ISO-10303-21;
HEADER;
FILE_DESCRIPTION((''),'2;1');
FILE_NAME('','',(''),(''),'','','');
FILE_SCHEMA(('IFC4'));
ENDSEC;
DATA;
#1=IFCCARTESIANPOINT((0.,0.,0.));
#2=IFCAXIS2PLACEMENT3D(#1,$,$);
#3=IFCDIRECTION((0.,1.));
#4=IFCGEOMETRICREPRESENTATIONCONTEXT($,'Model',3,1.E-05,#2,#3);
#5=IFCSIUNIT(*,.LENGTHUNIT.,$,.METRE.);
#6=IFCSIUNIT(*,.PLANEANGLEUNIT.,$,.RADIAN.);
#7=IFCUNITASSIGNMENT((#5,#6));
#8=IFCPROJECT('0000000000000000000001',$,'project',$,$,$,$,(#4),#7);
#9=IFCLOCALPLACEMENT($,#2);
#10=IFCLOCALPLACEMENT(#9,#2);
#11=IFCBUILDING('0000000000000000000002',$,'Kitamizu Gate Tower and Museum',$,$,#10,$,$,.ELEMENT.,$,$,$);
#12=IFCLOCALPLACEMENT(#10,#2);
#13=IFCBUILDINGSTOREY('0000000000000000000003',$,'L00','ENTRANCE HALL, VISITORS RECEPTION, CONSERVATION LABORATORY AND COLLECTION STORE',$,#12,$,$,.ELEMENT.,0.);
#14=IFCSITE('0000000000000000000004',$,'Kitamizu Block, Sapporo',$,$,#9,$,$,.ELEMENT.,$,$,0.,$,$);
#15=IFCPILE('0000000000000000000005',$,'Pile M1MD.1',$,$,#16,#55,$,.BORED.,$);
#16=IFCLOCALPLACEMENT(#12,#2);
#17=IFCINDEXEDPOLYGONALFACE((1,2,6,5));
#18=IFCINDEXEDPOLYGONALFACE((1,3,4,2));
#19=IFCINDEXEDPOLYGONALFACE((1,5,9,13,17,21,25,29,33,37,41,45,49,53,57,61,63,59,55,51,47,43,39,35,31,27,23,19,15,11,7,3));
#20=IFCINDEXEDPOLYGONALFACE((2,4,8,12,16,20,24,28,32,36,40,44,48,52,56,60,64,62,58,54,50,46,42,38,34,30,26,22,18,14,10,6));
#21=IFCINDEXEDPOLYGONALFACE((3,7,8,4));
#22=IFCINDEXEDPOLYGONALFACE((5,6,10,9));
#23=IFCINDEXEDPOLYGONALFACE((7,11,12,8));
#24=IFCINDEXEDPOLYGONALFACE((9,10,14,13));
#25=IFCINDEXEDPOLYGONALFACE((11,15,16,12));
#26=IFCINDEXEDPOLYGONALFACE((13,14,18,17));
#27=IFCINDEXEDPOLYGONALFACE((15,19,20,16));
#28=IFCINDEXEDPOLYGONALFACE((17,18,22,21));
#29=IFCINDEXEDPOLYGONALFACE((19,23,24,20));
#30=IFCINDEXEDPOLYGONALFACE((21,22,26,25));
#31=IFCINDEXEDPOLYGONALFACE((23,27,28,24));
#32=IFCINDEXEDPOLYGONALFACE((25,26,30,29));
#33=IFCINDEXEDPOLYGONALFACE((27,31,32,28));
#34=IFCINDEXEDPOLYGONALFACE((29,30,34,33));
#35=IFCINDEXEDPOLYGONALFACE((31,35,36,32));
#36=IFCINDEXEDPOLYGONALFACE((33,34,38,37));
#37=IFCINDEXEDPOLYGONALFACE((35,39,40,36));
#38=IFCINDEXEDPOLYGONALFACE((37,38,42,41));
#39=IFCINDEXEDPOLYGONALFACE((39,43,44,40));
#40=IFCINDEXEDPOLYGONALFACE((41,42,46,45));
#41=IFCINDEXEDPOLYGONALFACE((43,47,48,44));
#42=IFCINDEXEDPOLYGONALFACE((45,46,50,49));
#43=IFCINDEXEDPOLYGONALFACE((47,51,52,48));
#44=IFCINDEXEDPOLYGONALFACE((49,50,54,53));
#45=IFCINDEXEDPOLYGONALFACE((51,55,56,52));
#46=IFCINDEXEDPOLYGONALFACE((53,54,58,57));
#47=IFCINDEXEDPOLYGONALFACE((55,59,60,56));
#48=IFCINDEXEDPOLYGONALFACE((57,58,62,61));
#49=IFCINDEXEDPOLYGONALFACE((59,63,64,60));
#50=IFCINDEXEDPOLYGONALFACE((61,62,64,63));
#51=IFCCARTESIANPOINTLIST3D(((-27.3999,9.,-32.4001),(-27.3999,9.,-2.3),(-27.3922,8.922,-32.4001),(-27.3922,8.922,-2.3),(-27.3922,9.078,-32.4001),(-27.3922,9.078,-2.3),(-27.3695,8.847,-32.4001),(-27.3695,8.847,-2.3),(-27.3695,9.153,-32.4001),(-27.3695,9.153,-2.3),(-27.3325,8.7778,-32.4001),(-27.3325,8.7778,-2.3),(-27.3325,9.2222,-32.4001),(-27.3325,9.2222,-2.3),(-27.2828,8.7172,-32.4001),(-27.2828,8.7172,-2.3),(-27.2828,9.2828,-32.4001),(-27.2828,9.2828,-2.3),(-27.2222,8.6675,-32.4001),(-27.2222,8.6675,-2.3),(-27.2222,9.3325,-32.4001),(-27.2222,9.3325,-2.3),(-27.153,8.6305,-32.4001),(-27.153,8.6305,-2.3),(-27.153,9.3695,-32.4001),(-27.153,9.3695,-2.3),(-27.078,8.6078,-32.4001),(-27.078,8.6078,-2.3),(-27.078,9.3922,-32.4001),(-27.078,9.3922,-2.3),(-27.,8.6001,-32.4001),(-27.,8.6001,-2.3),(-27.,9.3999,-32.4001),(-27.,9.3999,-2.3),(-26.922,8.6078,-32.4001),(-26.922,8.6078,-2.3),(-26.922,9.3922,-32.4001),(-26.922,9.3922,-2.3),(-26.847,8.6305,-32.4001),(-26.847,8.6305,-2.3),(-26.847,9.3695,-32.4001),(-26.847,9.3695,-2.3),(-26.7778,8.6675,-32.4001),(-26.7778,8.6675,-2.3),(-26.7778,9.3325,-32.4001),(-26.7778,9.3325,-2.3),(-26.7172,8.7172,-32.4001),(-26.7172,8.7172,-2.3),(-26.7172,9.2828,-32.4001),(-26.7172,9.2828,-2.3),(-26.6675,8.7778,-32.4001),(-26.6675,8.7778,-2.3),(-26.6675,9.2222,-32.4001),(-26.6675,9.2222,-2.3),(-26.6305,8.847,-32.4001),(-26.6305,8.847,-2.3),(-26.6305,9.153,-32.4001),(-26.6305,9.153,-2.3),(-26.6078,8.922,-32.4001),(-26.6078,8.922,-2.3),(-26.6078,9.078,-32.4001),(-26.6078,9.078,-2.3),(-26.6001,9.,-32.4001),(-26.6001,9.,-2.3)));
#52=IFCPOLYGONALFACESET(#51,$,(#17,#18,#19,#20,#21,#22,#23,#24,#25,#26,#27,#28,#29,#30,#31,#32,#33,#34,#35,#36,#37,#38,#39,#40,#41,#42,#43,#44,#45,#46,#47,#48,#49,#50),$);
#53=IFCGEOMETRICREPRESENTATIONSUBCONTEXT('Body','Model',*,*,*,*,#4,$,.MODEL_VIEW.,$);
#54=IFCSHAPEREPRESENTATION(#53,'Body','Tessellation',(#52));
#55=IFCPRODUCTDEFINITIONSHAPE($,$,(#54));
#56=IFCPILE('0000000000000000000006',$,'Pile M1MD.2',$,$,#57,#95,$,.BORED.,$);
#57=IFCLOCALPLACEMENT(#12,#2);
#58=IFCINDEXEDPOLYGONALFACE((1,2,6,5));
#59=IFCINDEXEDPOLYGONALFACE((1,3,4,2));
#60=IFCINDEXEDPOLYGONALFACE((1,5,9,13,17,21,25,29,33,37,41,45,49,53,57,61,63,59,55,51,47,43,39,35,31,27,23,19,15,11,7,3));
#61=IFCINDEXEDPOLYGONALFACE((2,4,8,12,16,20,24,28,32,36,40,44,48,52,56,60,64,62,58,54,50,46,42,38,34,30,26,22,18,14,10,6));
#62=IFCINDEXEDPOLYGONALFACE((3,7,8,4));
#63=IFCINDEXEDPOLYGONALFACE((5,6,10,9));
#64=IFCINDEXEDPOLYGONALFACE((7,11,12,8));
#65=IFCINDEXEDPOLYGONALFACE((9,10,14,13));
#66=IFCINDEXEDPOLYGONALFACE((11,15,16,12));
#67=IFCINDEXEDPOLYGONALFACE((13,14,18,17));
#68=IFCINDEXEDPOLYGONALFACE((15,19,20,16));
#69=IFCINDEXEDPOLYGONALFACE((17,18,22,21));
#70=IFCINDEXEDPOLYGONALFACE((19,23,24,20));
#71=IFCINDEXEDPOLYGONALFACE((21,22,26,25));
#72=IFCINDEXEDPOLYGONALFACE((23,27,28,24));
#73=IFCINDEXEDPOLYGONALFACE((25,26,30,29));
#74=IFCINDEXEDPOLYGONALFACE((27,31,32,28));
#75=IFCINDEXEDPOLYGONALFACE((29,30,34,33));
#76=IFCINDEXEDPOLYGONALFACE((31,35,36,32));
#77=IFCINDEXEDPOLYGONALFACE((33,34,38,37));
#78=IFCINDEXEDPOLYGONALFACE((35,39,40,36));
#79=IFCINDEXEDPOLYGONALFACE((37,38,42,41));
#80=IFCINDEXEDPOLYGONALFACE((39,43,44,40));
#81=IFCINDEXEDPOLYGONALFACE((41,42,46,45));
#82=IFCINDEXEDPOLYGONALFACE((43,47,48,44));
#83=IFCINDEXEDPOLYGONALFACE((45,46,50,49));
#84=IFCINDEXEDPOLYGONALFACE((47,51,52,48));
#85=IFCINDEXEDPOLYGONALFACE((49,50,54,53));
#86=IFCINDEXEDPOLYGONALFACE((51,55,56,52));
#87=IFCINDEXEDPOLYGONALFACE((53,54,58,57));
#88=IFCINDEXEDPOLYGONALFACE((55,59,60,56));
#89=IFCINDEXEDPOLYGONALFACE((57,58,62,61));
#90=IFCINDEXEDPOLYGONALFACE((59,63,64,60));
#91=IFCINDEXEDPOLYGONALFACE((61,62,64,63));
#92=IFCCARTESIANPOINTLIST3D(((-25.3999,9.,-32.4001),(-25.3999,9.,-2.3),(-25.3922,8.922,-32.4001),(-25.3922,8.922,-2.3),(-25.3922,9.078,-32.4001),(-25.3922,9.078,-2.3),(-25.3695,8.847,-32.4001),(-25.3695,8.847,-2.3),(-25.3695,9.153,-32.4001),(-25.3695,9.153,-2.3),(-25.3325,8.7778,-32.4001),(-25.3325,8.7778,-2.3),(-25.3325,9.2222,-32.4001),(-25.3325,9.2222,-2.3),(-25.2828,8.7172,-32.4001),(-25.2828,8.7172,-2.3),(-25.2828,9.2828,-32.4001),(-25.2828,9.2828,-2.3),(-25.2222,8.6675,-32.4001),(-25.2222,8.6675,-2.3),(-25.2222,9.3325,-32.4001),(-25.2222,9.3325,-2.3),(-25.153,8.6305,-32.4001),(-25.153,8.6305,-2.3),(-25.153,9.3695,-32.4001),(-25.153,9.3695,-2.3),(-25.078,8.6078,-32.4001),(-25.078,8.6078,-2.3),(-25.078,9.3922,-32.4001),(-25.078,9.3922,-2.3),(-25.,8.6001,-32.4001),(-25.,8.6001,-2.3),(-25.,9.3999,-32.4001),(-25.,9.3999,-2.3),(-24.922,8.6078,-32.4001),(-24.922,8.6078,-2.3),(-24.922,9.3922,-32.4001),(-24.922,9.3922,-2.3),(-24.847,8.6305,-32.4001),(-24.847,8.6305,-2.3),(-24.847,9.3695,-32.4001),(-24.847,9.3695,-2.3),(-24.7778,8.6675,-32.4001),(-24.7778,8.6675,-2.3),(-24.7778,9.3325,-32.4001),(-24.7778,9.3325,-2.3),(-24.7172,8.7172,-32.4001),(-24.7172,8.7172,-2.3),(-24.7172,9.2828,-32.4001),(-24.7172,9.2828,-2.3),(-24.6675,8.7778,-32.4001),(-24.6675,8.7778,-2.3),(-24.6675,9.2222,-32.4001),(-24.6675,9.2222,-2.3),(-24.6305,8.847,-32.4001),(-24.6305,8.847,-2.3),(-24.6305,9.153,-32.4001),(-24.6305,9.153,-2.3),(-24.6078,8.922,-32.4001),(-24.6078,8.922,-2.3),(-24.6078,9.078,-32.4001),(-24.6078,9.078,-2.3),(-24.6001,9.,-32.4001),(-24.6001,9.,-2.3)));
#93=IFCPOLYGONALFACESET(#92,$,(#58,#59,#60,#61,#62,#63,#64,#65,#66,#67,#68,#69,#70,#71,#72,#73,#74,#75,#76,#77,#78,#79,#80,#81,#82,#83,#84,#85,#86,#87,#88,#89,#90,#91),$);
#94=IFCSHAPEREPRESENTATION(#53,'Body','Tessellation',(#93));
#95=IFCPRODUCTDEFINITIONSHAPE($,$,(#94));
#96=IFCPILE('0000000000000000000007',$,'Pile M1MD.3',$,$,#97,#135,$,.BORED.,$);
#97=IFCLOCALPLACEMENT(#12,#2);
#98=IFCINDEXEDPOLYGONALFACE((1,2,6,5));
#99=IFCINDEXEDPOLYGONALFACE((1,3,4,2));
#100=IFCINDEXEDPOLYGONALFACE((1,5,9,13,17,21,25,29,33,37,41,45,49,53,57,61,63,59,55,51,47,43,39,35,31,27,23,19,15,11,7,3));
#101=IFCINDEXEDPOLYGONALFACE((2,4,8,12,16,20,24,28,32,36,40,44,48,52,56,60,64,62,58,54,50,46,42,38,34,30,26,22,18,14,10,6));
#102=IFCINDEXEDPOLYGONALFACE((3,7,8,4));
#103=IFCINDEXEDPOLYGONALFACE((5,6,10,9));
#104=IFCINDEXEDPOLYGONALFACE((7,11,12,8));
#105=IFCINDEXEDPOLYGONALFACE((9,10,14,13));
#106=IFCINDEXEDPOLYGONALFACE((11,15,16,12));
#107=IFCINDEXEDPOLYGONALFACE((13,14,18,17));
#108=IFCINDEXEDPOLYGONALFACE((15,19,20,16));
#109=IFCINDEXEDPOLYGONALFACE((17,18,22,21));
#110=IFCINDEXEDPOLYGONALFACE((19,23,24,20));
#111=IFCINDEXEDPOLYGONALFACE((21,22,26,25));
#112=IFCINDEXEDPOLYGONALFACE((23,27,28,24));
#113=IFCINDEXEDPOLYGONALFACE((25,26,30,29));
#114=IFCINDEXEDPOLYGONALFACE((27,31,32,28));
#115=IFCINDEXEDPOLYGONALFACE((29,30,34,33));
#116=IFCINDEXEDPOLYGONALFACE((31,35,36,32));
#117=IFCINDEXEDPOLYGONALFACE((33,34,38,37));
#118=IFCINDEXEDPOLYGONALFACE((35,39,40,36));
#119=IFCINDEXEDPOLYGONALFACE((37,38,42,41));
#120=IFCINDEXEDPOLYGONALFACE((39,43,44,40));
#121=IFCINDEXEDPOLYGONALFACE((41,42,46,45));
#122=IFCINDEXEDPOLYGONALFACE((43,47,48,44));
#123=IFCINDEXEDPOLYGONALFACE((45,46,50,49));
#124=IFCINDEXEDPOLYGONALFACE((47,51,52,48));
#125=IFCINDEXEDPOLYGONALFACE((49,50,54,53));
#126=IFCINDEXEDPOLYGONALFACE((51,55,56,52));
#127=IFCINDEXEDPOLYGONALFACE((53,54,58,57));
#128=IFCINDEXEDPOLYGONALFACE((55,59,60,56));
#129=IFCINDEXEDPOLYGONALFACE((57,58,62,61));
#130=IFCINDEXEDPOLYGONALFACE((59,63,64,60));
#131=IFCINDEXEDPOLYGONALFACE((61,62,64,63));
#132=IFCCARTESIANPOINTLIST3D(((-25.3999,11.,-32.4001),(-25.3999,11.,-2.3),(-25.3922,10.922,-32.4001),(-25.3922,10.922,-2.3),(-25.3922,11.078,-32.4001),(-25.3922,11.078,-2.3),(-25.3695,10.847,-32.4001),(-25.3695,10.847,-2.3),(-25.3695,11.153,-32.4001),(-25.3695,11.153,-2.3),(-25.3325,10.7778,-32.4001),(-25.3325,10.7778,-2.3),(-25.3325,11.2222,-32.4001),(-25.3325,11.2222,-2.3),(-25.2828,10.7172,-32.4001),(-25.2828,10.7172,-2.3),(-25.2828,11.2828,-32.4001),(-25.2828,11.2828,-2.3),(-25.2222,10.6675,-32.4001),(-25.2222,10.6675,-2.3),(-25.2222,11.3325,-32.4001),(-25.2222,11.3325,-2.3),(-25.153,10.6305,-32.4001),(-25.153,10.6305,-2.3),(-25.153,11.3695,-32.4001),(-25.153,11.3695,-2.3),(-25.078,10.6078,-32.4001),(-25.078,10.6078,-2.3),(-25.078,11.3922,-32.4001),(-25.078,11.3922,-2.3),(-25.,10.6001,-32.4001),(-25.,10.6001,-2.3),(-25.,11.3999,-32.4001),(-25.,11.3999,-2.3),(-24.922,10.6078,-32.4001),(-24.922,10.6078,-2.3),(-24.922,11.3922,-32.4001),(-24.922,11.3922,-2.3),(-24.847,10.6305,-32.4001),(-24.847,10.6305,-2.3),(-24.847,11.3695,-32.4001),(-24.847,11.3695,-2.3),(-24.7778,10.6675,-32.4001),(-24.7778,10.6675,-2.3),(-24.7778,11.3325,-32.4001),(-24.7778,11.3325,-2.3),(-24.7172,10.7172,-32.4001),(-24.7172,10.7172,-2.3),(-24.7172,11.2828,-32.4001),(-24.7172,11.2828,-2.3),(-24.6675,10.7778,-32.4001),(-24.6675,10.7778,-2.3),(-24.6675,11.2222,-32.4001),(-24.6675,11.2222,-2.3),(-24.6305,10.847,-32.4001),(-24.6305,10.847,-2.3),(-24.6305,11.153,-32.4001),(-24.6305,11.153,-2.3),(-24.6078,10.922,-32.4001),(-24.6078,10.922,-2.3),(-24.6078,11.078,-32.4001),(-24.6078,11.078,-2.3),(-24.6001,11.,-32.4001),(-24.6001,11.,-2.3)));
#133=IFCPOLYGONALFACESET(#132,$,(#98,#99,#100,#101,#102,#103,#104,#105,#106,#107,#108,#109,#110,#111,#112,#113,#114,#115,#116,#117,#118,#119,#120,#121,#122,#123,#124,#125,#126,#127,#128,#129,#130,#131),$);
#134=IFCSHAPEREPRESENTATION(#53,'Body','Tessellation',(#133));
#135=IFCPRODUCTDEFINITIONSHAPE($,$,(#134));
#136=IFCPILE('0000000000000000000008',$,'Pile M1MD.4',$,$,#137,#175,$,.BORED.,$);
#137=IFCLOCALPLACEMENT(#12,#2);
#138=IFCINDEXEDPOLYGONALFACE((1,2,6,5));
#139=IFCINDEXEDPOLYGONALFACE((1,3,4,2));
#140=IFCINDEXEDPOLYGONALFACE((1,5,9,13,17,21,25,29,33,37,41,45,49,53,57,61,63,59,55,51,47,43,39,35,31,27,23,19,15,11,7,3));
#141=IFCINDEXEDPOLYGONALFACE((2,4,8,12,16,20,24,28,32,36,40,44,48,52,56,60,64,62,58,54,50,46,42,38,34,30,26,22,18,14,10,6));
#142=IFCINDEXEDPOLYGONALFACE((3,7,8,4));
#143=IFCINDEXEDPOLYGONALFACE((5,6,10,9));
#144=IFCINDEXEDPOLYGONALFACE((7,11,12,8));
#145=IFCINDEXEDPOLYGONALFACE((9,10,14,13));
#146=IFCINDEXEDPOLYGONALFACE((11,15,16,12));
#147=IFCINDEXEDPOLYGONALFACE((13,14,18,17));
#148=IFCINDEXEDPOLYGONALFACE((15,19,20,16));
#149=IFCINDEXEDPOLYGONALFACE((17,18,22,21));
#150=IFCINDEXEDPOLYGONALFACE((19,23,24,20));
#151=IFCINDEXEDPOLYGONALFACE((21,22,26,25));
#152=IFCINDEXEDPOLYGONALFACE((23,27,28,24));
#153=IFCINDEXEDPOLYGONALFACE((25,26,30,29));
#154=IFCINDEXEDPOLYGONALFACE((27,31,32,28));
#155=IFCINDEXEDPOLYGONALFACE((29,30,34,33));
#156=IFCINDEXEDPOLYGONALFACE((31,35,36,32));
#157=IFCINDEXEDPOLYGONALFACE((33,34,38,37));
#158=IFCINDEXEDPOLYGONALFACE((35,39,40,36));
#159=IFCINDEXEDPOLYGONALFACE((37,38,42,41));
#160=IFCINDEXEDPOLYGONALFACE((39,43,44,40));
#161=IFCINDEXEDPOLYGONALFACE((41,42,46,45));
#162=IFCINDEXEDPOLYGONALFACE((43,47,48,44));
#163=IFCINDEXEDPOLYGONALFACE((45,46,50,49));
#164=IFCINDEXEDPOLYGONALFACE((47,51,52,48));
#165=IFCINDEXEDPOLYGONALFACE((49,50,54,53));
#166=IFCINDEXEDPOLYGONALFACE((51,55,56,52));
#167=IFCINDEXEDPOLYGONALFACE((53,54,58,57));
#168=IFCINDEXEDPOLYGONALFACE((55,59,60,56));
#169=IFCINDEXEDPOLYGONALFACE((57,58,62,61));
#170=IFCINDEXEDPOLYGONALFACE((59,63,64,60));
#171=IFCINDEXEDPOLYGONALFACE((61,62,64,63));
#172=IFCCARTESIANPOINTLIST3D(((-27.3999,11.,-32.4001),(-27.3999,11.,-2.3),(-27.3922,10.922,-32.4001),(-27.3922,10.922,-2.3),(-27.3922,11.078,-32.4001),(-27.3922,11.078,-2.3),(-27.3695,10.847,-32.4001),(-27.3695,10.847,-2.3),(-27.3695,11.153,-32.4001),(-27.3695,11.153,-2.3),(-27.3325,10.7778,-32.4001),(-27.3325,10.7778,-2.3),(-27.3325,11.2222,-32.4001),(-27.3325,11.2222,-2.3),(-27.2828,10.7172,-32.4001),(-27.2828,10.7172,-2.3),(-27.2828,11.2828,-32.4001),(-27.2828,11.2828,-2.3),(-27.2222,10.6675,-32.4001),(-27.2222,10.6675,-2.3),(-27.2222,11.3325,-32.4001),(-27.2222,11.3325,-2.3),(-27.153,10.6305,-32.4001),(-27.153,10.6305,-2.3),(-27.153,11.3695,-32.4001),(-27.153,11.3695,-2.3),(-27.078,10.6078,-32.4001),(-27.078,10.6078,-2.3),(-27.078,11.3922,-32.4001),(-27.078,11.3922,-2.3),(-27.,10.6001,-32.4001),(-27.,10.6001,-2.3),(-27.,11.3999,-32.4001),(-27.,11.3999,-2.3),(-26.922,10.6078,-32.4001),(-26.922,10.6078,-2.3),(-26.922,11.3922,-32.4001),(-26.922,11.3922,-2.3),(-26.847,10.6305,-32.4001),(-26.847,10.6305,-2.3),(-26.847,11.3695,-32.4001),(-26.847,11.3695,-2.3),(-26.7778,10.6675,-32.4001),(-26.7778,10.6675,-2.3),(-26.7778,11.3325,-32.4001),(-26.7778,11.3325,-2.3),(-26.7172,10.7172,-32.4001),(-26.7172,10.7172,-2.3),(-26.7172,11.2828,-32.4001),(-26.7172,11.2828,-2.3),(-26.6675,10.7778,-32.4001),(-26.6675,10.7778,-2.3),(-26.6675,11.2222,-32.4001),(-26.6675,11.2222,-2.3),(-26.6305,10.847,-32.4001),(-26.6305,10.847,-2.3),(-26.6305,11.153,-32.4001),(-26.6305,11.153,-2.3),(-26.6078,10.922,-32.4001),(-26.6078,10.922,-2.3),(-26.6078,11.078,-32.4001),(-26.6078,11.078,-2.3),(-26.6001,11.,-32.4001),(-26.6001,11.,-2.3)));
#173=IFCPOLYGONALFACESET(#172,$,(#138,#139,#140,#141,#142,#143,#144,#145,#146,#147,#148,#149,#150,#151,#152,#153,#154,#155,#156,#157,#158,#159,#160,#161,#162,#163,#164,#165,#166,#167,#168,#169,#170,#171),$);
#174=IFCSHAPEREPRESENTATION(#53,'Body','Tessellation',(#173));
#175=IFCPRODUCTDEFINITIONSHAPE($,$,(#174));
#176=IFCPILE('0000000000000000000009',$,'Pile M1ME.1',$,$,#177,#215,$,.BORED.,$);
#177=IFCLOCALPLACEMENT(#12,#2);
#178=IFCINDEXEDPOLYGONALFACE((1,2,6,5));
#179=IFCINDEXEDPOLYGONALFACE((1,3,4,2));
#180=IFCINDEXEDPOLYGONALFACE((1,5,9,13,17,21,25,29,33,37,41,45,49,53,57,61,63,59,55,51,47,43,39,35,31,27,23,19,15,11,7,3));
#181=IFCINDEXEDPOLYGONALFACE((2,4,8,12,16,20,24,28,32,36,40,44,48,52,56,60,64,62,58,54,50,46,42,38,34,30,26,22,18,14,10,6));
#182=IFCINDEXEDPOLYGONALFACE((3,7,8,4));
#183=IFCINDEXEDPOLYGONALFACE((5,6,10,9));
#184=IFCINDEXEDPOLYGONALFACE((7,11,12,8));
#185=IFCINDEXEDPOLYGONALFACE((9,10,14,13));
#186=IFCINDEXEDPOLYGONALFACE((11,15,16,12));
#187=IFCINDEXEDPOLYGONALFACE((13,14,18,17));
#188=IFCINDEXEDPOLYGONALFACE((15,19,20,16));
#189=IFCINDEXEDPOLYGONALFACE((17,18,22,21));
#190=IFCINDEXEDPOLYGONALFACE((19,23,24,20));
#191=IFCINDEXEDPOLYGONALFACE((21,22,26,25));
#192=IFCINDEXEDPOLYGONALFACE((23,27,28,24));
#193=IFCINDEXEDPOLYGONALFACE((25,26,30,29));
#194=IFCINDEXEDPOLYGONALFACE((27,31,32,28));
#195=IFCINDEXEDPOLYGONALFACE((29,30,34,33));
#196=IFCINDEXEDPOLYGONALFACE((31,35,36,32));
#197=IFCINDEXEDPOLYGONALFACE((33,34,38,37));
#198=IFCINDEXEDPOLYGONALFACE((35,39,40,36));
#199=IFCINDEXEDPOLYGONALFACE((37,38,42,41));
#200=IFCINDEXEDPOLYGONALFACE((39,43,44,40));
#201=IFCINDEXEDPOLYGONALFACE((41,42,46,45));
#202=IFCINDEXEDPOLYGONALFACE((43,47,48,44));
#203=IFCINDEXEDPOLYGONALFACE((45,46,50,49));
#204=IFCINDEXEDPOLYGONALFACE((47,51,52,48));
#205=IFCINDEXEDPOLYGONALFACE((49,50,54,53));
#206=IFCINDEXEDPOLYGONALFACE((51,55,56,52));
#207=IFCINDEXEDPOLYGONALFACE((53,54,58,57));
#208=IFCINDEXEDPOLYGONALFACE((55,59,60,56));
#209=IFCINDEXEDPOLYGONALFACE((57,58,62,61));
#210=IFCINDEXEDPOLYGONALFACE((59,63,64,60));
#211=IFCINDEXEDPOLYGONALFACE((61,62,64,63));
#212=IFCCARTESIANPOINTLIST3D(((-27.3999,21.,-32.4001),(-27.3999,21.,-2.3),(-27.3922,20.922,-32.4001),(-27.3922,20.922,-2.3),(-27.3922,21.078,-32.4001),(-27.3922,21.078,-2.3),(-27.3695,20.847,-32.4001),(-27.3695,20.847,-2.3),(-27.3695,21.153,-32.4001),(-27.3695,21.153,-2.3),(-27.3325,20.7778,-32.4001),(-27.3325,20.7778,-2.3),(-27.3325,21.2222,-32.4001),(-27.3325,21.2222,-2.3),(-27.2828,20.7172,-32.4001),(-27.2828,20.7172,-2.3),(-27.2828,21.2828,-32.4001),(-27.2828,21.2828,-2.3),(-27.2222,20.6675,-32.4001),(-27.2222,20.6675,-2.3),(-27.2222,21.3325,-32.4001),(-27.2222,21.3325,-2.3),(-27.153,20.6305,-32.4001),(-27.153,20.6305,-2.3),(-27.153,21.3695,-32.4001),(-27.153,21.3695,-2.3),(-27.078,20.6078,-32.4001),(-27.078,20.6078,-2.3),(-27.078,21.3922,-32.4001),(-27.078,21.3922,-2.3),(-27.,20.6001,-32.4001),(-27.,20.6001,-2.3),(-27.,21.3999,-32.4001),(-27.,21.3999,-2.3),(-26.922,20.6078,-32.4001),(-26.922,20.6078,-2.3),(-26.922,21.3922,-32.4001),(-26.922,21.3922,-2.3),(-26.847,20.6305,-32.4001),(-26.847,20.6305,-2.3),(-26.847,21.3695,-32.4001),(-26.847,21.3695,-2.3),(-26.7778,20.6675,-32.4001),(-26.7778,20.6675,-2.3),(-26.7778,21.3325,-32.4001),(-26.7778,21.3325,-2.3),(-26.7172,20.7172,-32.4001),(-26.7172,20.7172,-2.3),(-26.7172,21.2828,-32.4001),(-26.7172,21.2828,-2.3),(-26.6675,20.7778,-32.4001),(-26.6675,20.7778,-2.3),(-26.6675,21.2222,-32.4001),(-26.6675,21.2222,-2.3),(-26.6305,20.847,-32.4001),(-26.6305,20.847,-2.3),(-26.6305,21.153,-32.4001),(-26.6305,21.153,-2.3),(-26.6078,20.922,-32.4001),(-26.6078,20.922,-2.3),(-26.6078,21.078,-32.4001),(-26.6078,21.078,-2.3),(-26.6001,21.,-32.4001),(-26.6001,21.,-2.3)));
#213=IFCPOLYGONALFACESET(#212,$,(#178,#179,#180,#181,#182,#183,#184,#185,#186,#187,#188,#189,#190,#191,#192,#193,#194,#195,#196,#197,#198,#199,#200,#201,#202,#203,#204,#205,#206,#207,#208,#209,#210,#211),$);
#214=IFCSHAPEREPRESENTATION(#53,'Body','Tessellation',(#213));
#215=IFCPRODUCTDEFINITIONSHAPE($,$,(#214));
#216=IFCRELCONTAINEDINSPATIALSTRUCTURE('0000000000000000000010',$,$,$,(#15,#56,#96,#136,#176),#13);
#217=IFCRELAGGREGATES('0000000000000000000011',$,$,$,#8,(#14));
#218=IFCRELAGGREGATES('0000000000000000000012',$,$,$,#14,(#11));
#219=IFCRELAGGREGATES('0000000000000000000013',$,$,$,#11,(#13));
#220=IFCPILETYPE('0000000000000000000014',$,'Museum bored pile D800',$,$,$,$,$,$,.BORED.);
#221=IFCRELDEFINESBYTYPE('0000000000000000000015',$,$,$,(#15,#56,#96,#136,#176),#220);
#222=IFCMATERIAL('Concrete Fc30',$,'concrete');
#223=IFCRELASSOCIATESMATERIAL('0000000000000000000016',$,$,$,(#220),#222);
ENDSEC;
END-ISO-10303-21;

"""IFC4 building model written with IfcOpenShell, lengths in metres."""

from ifc_helpers import new_model, si_unit, direction, frame, origin, origin_2d, place, context, subcontext, project, spatial, circle, extrude, material, material_profile, profile_set, type_object, element, save


model = new_model("IFC4")

# Units and contexts
model_context = context("Model", 3, precision=1e-05, world=origin(), true_north=direction((0.0, 1.0)))
body_context = subcontext(model_context, "Body", "Model", "MODEL_VIEW")
ifc_project = project(units=[si_unit("LENGTHUNIT", "METRE"), si_unit("PLANEANGLEUNIT", "RADIAN")], contexts=[model_context])

# Site, building, storey
site_placement = place(None, origin())
site = spatial("IfcSite", under=ifc_project, at=site_placement, Name="Kitamizu Block, Sapporo", CompositionType="ELEMENT", RefElevation=0.0)
building_placement = place(site_placement, origin())
building = spatial("IfcBuilding", under=site, at=building_placement, Name="Kitamizu Gate Tower and Museum", CompositionType="ELEMENT")
storey_placement = place(building_placement, origin())
storey = spatial("IfcBuildingStorey", under=building, at=storey_placement, Name="L00", Description="ENTRANCE HALL, VISITORS RECEPTION, CONSERVATION LABORATORY AND COLLECTION STORE", CompositionType="ELEMENT", Elevation=0.0)

# Piles
ifc_material_1 = material(Name="Concrete Fc30", Category="concrete")
ifc_material_profile_1 = material_profile(ifc_material_1, circle(Radius=0.3999, at=origin_2d()), Name="D800")
ifc_profile_set_1 = profile_set([ifc_material_profile_1], Name="Concrete Fc30")
pile_type = type_object("IfcPileType", Name="Museum bored pile D800", PredefinedType="BORED", material=ifc_profile_set_1)
for number, where, z_axis, x_axis, name in (
    (1, (-27.0, 9.0, -2.3), (0.0, 0.0, -1.0), (1.0, 0.0, 0.0), "Pile M1MD.1"),
    (2, (-25.0, 9.0, -2.3), (0.0, 0.0, -1.0), (1.0, 0.0, 0.0), "Pile M1MD.2"),
    (3, (-25.0, 11.0, -2.3), (0.0, 0.0, -1.0), (1.0, 0.0, 0.0), "Pile M1MD.3"),
    (4, (-27.0, 11.0, -2.3), (0.0, 0.0, -1.0), (1.0, 0.0, 0.0), "Pile M1MD.4"),
    (5, (-27.0, 21.0, -2.3), (0.0, 0.0, -1.0), (1.0, 0.0, 0.0), "Pile M1ME.1"),
):
    element("IfcPile", number, at=place(storey_placement, frame(where, z_axis=z_axis, x_axis=x_axis)), inside=storey, type_object=pile_type, Name=name, PredefinedType="BORED", context=body_context, shape_type="SweptSolid", body=[
        extrude(circle(Radius=0.3999, at=origin_2d()), origin(), (0.0, 0.0, 1.0), 30.1001),
    ])

save(model, "model.ifc")
